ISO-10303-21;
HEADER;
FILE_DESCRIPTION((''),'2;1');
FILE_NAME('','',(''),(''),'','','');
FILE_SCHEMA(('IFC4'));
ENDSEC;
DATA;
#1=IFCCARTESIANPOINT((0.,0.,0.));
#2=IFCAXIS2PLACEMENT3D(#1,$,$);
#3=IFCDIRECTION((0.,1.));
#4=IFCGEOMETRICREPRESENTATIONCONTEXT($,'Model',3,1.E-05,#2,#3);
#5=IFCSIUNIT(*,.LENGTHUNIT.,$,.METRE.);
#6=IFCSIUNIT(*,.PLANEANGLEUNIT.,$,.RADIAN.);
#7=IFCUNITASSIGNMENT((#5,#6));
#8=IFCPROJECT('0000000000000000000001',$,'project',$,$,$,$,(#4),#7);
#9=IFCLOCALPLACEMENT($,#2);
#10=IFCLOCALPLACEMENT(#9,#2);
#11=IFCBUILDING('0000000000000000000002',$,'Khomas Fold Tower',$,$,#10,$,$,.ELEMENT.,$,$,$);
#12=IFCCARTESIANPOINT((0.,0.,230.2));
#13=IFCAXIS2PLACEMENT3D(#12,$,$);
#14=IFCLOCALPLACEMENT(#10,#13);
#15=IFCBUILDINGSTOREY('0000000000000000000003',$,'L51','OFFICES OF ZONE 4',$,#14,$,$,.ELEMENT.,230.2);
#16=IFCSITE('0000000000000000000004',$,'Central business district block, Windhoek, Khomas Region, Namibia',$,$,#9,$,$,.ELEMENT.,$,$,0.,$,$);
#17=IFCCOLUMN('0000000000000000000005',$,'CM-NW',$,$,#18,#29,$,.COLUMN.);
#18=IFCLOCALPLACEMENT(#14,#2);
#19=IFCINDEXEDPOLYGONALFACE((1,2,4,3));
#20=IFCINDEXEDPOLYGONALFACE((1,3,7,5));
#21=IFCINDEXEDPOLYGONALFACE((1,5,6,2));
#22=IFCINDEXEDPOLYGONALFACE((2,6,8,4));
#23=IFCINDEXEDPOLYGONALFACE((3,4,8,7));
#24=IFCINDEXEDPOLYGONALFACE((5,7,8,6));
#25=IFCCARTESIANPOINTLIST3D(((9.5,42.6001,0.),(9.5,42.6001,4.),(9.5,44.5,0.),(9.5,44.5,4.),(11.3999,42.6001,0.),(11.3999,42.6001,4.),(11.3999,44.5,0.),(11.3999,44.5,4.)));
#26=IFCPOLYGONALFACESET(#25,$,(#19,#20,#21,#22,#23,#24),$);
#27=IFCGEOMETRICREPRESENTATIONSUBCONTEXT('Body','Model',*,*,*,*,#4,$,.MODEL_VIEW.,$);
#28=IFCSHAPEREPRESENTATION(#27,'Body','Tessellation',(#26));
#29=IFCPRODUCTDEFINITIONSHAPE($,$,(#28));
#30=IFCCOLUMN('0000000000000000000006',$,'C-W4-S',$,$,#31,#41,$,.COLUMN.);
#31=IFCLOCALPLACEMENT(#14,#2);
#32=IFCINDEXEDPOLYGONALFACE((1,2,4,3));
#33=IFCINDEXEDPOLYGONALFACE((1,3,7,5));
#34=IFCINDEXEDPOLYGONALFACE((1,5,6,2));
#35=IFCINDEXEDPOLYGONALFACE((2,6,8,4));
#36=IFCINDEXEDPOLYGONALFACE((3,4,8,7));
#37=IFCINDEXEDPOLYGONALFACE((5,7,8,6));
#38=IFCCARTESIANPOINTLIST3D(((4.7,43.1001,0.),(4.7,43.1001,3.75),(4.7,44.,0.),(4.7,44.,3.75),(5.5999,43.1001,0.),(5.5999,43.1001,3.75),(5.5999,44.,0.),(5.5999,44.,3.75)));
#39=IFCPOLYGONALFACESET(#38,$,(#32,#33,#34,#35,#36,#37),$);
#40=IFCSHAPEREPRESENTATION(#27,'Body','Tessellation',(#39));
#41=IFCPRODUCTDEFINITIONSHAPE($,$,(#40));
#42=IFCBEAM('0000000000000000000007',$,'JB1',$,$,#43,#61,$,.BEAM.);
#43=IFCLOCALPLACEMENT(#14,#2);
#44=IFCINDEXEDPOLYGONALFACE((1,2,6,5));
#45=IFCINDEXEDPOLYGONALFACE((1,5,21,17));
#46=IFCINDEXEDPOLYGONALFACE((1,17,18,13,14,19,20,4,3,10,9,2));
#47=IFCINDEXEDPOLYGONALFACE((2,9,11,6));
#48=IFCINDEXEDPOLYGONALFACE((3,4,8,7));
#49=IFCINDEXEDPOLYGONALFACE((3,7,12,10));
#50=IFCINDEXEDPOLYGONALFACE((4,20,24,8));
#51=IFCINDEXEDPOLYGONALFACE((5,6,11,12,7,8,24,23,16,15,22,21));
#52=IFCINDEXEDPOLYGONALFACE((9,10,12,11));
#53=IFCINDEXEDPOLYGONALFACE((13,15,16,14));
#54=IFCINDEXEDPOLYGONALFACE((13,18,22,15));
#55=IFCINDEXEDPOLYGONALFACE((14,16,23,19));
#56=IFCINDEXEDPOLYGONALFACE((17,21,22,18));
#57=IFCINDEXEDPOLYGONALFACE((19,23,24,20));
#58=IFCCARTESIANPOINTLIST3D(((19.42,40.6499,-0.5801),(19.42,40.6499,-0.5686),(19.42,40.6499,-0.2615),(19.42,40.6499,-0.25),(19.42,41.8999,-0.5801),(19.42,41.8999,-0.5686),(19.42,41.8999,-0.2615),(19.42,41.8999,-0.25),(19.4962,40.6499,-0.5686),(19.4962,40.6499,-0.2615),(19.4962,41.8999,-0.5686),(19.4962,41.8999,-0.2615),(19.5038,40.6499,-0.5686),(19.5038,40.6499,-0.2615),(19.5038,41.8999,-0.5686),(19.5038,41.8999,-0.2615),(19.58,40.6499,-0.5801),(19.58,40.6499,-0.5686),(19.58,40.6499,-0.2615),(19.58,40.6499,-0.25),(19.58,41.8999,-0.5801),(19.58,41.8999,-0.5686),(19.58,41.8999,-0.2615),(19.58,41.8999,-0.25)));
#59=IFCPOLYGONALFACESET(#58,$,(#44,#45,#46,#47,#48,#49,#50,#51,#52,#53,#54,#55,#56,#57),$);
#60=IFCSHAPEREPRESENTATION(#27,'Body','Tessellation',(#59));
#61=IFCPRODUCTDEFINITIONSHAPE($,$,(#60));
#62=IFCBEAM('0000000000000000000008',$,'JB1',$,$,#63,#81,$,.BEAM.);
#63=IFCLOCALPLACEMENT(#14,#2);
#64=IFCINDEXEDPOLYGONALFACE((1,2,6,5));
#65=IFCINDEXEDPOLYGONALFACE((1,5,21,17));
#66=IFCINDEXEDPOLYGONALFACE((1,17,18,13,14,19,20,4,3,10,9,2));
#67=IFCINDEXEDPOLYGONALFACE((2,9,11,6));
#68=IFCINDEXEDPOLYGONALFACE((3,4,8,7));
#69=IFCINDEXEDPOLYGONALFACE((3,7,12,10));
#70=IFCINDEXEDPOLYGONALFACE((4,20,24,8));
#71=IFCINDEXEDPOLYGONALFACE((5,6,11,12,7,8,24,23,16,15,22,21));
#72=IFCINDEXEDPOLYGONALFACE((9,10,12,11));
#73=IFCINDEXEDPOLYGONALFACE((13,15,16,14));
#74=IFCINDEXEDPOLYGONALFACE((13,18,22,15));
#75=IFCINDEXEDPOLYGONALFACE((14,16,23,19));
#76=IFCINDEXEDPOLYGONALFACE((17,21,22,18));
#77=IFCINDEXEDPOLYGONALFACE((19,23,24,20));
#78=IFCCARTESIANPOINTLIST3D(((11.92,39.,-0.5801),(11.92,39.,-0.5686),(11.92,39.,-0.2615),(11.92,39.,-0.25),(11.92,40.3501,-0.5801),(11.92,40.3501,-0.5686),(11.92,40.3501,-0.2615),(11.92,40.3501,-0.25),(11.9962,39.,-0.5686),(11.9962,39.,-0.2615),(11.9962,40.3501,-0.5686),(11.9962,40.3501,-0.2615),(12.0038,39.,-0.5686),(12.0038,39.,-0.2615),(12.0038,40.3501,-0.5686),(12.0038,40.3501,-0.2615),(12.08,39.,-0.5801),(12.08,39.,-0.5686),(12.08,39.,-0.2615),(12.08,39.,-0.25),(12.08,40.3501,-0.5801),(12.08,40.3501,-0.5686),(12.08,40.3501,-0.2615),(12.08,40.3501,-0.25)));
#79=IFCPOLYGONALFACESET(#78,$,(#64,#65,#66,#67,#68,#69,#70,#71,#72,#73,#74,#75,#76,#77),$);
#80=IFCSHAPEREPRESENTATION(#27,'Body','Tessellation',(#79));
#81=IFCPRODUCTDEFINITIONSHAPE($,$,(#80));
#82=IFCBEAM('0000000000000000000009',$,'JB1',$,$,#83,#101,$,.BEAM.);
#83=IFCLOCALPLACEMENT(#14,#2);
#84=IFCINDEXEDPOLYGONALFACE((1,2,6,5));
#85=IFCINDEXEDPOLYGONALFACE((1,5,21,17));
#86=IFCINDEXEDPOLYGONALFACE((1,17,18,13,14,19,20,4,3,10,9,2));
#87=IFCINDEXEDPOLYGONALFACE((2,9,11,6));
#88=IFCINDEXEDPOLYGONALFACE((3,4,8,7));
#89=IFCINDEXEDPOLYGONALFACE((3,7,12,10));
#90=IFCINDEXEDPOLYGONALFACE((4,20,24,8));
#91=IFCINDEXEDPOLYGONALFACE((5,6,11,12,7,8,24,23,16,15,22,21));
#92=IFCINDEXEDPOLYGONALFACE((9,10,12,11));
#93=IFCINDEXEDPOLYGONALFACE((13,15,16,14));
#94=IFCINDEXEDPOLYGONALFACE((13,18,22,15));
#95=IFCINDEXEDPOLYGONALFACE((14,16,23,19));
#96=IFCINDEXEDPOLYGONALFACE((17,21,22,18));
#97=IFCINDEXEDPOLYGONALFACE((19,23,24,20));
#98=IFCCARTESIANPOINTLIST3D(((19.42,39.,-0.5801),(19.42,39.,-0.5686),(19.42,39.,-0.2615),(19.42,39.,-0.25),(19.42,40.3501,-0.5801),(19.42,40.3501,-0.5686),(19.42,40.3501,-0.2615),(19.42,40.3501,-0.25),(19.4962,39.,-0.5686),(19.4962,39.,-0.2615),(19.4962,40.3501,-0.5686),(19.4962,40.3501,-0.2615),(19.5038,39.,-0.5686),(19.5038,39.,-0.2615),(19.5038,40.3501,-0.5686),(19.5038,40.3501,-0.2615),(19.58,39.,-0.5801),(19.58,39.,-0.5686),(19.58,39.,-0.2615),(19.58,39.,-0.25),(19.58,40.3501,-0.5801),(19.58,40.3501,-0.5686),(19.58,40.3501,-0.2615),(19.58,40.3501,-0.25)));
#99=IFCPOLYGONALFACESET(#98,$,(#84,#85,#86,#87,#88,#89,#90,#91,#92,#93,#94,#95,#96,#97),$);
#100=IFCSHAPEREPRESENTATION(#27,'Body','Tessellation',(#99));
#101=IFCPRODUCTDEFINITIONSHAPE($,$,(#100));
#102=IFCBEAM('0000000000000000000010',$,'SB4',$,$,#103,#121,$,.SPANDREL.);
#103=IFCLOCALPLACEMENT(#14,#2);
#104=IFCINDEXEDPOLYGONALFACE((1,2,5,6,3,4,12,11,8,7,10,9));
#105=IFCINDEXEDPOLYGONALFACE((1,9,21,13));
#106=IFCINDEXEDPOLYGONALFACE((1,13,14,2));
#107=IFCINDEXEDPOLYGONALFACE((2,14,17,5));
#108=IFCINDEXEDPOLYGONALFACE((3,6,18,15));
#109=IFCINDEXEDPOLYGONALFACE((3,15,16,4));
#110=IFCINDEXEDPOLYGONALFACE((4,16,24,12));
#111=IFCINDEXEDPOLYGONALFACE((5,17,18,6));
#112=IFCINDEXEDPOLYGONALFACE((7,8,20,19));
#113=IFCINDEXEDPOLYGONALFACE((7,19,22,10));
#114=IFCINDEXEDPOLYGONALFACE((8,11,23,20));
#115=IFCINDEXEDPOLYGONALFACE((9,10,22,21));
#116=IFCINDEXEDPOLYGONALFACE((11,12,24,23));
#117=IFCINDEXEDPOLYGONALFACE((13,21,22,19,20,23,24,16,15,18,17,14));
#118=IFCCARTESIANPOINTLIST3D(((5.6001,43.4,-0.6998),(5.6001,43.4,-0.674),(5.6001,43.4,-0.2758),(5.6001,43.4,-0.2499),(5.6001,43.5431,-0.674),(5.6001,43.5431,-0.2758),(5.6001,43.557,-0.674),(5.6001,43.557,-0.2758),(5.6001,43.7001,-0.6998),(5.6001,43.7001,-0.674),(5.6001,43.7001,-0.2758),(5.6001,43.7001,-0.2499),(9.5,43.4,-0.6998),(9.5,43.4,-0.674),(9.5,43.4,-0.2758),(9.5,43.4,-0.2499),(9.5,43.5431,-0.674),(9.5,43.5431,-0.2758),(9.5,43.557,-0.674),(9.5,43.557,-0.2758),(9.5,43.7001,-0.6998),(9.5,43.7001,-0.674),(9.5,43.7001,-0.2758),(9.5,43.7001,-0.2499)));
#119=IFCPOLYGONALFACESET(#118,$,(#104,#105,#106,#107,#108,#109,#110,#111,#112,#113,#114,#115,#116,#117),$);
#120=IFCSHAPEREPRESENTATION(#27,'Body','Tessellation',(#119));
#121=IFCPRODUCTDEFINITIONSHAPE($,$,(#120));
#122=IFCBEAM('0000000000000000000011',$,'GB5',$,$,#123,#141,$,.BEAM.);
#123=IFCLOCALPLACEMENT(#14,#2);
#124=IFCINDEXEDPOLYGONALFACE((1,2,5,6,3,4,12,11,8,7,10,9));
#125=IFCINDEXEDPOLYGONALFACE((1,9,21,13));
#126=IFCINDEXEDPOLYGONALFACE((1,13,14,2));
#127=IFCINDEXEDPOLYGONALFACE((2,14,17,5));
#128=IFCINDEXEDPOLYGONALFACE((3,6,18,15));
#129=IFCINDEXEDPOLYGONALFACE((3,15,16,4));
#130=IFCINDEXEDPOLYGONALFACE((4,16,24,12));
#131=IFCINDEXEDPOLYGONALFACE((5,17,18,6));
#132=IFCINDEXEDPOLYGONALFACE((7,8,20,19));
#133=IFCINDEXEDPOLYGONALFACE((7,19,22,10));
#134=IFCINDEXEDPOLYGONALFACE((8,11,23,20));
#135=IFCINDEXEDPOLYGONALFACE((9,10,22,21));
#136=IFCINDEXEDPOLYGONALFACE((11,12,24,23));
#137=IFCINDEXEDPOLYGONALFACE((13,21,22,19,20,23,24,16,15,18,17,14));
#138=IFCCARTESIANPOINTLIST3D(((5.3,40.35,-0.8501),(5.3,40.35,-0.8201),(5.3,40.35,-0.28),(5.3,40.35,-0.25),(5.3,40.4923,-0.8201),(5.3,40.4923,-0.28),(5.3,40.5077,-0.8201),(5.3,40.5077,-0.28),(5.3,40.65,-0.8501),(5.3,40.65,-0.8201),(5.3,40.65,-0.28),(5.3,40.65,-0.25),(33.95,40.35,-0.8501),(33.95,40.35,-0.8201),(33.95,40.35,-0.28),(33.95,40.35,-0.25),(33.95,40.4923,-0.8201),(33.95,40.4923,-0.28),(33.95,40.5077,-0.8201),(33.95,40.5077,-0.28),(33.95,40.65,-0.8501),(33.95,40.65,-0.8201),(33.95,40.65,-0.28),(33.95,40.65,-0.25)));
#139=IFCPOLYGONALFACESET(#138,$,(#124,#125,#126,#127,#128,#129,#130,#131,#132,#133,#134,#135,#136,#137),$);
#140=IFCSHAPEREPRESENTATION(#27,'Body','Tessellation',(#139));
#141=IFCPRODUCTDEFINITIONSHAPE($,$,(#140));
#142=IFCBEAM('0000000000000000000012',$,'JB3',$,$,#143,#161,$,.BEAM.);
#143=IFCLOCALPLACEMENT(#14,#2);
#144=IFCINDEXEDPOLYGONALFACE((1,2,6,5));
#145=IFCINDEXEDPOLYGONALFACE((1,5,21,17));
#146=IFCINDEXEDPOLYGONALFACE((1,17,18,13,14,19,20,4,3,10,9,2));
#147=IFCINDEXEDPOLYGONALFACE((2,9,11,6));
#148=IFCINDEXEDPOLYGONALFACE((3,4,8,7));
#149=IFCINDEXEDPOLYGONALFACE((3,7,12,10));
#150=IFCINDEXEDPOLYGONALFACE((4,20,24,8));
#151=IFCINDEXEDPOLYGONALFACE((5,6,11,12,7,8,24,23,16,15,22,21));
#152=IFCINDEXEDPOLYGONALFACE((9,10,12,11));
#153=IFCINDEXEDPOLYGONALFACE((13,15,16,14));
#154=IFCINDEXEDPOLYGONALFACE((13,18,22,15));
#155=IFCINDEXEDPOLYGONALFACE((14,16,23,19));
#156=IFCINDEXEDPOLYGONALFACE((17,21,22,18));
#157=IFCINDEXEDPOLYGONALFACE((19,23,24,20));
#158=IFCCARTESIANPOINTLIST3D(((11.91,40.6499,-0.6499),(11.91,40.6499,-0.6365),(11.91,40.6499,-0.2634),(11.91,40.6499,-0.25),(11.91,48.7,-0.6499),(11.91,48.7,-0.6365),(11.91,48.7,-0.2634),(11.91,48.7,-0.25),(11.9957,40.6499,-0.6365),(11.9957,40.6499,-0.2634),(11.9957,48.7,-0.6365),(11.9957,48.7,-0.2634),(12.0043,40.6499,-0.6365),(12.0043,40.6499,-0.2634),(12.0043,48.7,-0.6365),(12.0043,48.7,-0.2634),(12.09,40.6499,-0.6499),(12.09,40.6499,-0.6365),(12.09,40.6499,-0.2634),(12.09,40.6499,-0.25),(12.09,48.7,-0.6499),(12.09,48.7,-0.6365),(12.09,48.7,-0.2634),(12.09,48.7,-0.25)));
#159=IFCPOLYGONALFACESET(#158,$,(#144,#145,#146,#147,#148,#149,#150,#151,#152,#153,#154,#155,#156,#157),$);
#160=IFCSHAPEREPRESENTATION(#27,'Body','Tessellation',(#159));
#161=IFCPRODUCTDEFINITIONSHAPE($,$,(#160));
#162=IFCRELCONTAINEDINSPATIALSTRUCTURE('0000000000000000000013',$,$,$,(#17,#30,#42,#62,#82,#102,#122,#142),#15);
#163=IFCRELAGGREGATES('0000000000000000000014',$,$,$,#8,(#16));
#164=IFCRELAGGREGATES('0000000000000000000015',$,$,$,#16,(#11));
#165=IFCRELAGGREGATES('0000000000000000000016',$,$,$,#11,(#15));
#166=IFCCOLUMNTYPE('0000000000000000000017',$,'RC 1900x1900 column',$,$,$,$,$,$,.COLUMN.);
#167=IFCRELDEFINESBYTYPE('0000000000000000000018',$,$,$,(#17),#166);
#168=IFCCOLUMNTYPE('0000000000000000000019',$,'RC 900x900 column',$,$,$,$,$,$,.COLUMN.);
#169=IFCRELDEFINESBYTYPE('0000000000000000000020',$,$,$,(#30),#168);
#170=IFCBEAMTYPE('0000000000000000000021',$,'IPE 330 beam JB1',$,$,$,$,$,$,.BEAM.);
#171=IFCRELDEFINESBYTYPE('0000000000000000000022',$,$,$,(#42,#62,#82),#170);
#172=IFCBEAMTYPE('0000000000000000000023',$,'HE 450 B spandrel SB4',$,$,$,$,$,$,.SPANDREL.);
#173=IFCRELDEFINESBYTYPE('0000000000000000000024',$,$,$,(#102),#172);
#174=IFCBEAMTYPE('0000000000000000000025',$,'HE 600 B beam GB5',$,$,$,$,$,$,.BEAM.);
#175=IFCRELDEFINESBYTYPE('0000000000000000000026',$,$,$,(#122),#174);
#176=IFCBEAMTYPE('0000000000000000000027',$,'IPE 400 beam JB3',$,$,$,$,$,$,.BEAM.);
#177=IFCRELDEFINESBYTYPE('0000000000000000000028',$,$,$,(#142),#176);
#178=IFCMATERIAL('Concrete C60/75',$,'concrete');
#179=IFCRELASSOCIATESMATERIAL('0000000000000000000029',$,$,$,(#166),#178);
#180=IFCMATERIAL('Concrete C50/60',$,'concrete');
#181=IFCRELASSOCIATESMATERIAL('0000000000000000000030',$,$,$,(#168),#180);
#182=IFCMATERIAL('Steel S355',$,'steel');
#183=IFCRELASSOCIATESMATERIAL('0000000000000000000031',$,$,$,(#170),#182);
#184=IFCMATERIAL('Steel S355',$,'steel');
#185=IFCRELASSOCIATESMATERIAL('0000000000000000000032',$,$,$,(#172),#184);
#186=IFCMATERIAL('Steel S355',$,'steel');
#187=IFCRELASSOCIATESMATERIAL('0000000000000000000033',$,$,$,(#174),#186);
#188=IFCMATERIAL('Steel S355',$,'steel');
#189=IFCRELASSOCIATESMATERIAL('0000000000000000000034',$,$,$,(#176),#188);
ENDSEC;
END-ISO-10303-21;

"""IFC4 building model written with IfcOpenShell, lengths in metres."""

from ifc_helpers import new_model, si_unit, direction, frame, origin, origin_2d, place, context, subcontext, project, spatial, rectangle, i_section, extrude, source, transform, mapped, material, material_profile, profile_set, type_object, element, save


model = new_model("IFC4")

# Units and contexts
model_context = context("Model", 3, precision=1e-05, world=origin(), true_north=direction((0.0, 1.0)))
body_context = subcontext(model_context, "Body", "Model", "MODEL_VIEW")
ifc_project = project(units=[si_unit("LENGTHUNIT", "METRE"), si_unit("PLANEANGLEUNIT", "RADIAN")], contexts=[model_context])

# Site, building, storey
site_placement = place(None, origin())
site = spatial("IfcSite", under=ifc_project, at=site_placement, Name="Central business district block, Windhoek, Khomas Region, Namibia", CompositionType="ELEMENT", RefElevation=0.0)
building_placement = place(site_placement, origin())
building = spatial("IfcBuilding", under=site, at=building_placement, Name="Khomas Fold Tower", CompositionType="ELEMENT")
storey_placement = place(building_placement, frame((0.0, 0.0, 230.2)))
storey = spatial("IfcBuildingStorey", under=building, at=storey_placement, Name="L51", Description="OFFICES OF ZONE 4", CompositionType="ELEMENT", Elevation=230.2)

# Columns
ifc_material_1 = material(Name="Concrete C60/75", Category="concrete")
ifc_material_profile_1 = material_profile(ifc_material_1, rectangle(XDim=1.8999, YDim=1.8999, at=origin_2d()), Name="RC 1900x1900")
ifc_profile_set_1 = profile_set([ifc_material_profile_1], Name="Concrete C60/75")
column_type_1 = type_object("IfcColumnType", Name="RC 1900x1900 column", PredefinedType="COLUMN", material=ifc_profile_set_1)
shared_shape_1 = source(origin(), body_context, "Body", "SweptSolid", [
    extrude(rectangle(XDim=1.8999, YDim=1.8999, at=origin_2d()), origin(), (0.0, 0.0, 1.0), 4.0),
])
column_1_placement = place(storey_placement, frame((10.45, 43.55, 0.0), z_axis=(0.0, 0.0, 1.0), x_axis=(1.0, 0.0, 0.0)))
element("IfcColumn", 1, at=column_1_placement, inside=storey, type_object=column_type_1, Name="CM-NW", PredefinedType="COLUMN", context=body_context, shape_type="MappedRepresentation", body=[
    mapped(shared_shape_1, transform((0.0, 0.0, 0.0))),
])
ifc_material_2 = material(Name="Concrete C50/60", Category="concrete")
ifc_material_profile_2 = material_profile(ifc_material_2, rectangle(XDim=0.8999, YDim=0.8999, at=origin_2d()), Name="RC 900x900")
ifc_profile_set_2 = profile_set([ifc_material_profile_2], Name="Concrete C50/60")
column_type_2 = type_object("IfcColumnType", Name="RC 900x900 column", PredefinedType="COLUMN", material=ifc_profile_set_2)
shared_shape_2 = source(origin(), body_context, "Body", "SweptSolid", [
    extrude(rectangle(XDim=0.8999, YDim=0.8999, at=origin_2d()), origin(), (0.0, 0.0, 1.0), 3.75),
])
column_2_placement = place(storey_placement, frame((5.1499, 43.55, 0.0), z_axis=(0.0, 0.0, 1.0), x_axis=(1.0, 0.0, 0.0)))
element("IfcColumn", 2, at=column_2_placement, inside=storey, type_object=column_type_2, Name="C-W4-S", PredefinedType="COLUMN", context=body_context, shape_type="MappedRepresentation", body=[
    mapped(shared_shape_2, transform((0.0, 0.0, 0.0))),
])

# Beams
ifc_material_3 = material(Name="Steel S355", Category="steel")
ifc_material_profile_3 = material_profile(ifc_material_3, i_section(OverallWidth=0.1599, OverallDepth=0.3301, WebThickness=0.0076, FlangeThickness=0.0115, at=origin_2d()), Name="IPE 330")
ifc_profile_set_3 = profile_set([ifc_material_profile_3], Name="Steel S355")
beam_type_1 = type_object("IfcBeamType", Name="IPE 330 beam JB1", PredefinedType="BEAM", material=ifc_profile_set_3)
shared_shape_3 = source(origin(), body_context, "Body", "SweptSolid", [
    extrude(i_section(OverallWidth=0.1599, OverallDepth=0.3301, WebThickness=0.0076, FlangeThickness=0.0115, at=origin_2d()), origin(), (0.0, 0.0, 1.0), 1.25),
])
beam_1_placement = place(storey_placement, frame((19.5, 40.6499, -0.415), z_axis=(0.0, 1.0, 0.0), x_axis=(-1.0, 0.0, 0.0)))
element("IfcBeam", 3, at=beam_1_placement, inside=storey, type_object=beam_type_1, Name="JB1", PredefinedType="BEAM", context=body_context, shape_type="MappedRepresentation", body=[
    mapped(shared_shape_3, transform((0.0, 0.0, 0.0))),
])
shared_shape_4 = source(origin(), body_context, "Body", "SweptSolid", [
    extrude(i_section(OverallWidth=0.1599, OverallDepth=0.3301, WebThickness=0.0076, FlangeThickness=0.0115, at=origin_2d()), origin(), (0.0, 0.0, 1.0), 1.3501),
])
for number, where, z_axis, x_axis, name in (
    (4, (12.0, 39.0, -0.415), (0.0, 1.0, 0.0), (-1.0, 0.0, 0.0), "JB1"),
    (5, (19.5, 39.0, -0.415), (0.0, 1.0, 0.0), (-1.0, 0.0, 0.0), "JB1"),
):
    element("IfcBeam", number, at=place(storey_placement, frame(where, z_axis=z_axis, x_axis=x_axis)), inside=storey, type_object=beam_type_1, Name=name, PredefinedType="BEAM", context=body_context, shape_type="MappedRepresentation", body=[
        mapped(shared_shape_4, transform((0.0, 0.0, 0.0))),
    ])
ifc_material_4 = material(Name="Steel S355", Category="steel")
ifc_material_profile_4 = material_profile(ifc_material_4, i_section(OverallWidth=0.3, OverallDepth=0.45, WebThickness=0.0139, FlangeThickness=0.0259, at=origin_2d()), Name="HE 450 B")
ifc_profile_set_4 = profile_set([ifc_material_profile_4], Name="Steel S355")
beam_type_2 = type_object("IfcBeamType", Name="HE 450 B spandrel SB4", PredefinedType="SPANDREL", material=ifc_profile_set_4)
shared_shape_5 = source(origin(), body_context, "Body", "SweptSolid", [
    extrude(i_section(OverallWidth=0.3, OverallDepth=0.45, WebThickness=0.0139, FlangeThickness=0.0259, at=origin_2d()), origin(), (0.0, 0.0, 1.0), 3.8999),
])
beam_2_placement = place(storey_placement, frame((5.6001, 43.55, -0.4749), z_axis=(1.0, 0.0, 0.0), x_axis=(0.0, 1.0, 0.0)))
element("IfcBeam", 6, at=beam_2_placement, inside=storey, type_object=beam_type_2, Name="SB4", PredefinedType="SPANDREL", context=body_context, shape_type="MappedRepresentation", body=[
    mapped(shared_shape_5, transform((0.0, 0.0, 0.0))),
])
ifc_material_5 = material(Name="Steel S355", Category="steel")
ifc_material_profile_5 = material_profile(ifc_material_5, i_section(OverallWidth=0.3, OverallDepth=0.6001, WebThickness=0.0154, FlangeThickness=0.03, at=origin_2d()), Name="HE 600 B")
ifc_profile_set_5 = profile_set([ifc_material_profile_5], Name="Steel S355")
beam_type_3 = type_object("IfcBeamType", Name="HE 600 B beam GB5", PredefinedType="BEAM", material=ifc_profile_set_5)
shared_shape_6 = source(origin(), body_context, "Body", "SweptSolid", [
    extrude(i_section(OverallWidth=0.3, OverallDepth=0.6001, WebThickness=0.0154, FlangeThickness=0.03, at=origin_2d()), origin(), (0.0, 0.0, 1.0), 28.6499),
])
beam_3_placement = place(storey_placement, frame((5.3, 40.5, -0.55), z_axis=(1.0, 0.0, 0.0), x_axis=(0.0, 1.0, 0.0)))
element("IfcBeam", 7, at=beam_3_placement, inside=storey, type_object=beam_type_3, Name="GB5", PredefinedType="BEAM", context=body_context, shape_type="MappedRepresentation", body=[
    mapped(shared_shape_6, transform((0.0, 0.0, 0.0))),
])
ifc_material_6 = material(Name="Steel S355", Category="steel")
ifc_material_profile_6 = material_profile(ifc_material_6, i_section(OverallWidth=0.1799, OverallDepth=0.3999, WebThickness=0.0085, FlangeThickness=0.0134, at=origin_2d()), Name="IPE 400")
ifc_profile_set_6 = profile_set([ifc_material_profile_6], Name="Steel S355")
beam_type_4 = type_object("IfcBeamType", Name="IPE 400 beam JB3", PredefinedType="BEAM", material=ifc_profile_set_6)
shared_shape_7 = source(origin(), body_context, "Body", "SweptSolid", [
    extrude(i_section(OverallWidth=0.1799, OverallDepth=0.3999, WebThickness=0.0085, FlangeThickness=0.0134, at=origin_2d()), origin(), (0.0, 0.0, 1.0), 8.05),
])
beam_4_placement = place(storey_placement, frame((12.0, 40.6499, -0.45), z_axis=(0.0, 1.0, 0.0), x_axis=(-1.0, 0.0, 0.0)))
element("IfcBeam", 8, at=beam_4_placement, inside=storey, type_object=beam_type_4, Name="JB3", PredefinedType="BEAM", context=body_context, shape_type="MappedRepresentation", body=[
    mapped(shared_shape_7, transform((0.0, 0.0, 0.0))),
])

save(model, "model.ifc")
